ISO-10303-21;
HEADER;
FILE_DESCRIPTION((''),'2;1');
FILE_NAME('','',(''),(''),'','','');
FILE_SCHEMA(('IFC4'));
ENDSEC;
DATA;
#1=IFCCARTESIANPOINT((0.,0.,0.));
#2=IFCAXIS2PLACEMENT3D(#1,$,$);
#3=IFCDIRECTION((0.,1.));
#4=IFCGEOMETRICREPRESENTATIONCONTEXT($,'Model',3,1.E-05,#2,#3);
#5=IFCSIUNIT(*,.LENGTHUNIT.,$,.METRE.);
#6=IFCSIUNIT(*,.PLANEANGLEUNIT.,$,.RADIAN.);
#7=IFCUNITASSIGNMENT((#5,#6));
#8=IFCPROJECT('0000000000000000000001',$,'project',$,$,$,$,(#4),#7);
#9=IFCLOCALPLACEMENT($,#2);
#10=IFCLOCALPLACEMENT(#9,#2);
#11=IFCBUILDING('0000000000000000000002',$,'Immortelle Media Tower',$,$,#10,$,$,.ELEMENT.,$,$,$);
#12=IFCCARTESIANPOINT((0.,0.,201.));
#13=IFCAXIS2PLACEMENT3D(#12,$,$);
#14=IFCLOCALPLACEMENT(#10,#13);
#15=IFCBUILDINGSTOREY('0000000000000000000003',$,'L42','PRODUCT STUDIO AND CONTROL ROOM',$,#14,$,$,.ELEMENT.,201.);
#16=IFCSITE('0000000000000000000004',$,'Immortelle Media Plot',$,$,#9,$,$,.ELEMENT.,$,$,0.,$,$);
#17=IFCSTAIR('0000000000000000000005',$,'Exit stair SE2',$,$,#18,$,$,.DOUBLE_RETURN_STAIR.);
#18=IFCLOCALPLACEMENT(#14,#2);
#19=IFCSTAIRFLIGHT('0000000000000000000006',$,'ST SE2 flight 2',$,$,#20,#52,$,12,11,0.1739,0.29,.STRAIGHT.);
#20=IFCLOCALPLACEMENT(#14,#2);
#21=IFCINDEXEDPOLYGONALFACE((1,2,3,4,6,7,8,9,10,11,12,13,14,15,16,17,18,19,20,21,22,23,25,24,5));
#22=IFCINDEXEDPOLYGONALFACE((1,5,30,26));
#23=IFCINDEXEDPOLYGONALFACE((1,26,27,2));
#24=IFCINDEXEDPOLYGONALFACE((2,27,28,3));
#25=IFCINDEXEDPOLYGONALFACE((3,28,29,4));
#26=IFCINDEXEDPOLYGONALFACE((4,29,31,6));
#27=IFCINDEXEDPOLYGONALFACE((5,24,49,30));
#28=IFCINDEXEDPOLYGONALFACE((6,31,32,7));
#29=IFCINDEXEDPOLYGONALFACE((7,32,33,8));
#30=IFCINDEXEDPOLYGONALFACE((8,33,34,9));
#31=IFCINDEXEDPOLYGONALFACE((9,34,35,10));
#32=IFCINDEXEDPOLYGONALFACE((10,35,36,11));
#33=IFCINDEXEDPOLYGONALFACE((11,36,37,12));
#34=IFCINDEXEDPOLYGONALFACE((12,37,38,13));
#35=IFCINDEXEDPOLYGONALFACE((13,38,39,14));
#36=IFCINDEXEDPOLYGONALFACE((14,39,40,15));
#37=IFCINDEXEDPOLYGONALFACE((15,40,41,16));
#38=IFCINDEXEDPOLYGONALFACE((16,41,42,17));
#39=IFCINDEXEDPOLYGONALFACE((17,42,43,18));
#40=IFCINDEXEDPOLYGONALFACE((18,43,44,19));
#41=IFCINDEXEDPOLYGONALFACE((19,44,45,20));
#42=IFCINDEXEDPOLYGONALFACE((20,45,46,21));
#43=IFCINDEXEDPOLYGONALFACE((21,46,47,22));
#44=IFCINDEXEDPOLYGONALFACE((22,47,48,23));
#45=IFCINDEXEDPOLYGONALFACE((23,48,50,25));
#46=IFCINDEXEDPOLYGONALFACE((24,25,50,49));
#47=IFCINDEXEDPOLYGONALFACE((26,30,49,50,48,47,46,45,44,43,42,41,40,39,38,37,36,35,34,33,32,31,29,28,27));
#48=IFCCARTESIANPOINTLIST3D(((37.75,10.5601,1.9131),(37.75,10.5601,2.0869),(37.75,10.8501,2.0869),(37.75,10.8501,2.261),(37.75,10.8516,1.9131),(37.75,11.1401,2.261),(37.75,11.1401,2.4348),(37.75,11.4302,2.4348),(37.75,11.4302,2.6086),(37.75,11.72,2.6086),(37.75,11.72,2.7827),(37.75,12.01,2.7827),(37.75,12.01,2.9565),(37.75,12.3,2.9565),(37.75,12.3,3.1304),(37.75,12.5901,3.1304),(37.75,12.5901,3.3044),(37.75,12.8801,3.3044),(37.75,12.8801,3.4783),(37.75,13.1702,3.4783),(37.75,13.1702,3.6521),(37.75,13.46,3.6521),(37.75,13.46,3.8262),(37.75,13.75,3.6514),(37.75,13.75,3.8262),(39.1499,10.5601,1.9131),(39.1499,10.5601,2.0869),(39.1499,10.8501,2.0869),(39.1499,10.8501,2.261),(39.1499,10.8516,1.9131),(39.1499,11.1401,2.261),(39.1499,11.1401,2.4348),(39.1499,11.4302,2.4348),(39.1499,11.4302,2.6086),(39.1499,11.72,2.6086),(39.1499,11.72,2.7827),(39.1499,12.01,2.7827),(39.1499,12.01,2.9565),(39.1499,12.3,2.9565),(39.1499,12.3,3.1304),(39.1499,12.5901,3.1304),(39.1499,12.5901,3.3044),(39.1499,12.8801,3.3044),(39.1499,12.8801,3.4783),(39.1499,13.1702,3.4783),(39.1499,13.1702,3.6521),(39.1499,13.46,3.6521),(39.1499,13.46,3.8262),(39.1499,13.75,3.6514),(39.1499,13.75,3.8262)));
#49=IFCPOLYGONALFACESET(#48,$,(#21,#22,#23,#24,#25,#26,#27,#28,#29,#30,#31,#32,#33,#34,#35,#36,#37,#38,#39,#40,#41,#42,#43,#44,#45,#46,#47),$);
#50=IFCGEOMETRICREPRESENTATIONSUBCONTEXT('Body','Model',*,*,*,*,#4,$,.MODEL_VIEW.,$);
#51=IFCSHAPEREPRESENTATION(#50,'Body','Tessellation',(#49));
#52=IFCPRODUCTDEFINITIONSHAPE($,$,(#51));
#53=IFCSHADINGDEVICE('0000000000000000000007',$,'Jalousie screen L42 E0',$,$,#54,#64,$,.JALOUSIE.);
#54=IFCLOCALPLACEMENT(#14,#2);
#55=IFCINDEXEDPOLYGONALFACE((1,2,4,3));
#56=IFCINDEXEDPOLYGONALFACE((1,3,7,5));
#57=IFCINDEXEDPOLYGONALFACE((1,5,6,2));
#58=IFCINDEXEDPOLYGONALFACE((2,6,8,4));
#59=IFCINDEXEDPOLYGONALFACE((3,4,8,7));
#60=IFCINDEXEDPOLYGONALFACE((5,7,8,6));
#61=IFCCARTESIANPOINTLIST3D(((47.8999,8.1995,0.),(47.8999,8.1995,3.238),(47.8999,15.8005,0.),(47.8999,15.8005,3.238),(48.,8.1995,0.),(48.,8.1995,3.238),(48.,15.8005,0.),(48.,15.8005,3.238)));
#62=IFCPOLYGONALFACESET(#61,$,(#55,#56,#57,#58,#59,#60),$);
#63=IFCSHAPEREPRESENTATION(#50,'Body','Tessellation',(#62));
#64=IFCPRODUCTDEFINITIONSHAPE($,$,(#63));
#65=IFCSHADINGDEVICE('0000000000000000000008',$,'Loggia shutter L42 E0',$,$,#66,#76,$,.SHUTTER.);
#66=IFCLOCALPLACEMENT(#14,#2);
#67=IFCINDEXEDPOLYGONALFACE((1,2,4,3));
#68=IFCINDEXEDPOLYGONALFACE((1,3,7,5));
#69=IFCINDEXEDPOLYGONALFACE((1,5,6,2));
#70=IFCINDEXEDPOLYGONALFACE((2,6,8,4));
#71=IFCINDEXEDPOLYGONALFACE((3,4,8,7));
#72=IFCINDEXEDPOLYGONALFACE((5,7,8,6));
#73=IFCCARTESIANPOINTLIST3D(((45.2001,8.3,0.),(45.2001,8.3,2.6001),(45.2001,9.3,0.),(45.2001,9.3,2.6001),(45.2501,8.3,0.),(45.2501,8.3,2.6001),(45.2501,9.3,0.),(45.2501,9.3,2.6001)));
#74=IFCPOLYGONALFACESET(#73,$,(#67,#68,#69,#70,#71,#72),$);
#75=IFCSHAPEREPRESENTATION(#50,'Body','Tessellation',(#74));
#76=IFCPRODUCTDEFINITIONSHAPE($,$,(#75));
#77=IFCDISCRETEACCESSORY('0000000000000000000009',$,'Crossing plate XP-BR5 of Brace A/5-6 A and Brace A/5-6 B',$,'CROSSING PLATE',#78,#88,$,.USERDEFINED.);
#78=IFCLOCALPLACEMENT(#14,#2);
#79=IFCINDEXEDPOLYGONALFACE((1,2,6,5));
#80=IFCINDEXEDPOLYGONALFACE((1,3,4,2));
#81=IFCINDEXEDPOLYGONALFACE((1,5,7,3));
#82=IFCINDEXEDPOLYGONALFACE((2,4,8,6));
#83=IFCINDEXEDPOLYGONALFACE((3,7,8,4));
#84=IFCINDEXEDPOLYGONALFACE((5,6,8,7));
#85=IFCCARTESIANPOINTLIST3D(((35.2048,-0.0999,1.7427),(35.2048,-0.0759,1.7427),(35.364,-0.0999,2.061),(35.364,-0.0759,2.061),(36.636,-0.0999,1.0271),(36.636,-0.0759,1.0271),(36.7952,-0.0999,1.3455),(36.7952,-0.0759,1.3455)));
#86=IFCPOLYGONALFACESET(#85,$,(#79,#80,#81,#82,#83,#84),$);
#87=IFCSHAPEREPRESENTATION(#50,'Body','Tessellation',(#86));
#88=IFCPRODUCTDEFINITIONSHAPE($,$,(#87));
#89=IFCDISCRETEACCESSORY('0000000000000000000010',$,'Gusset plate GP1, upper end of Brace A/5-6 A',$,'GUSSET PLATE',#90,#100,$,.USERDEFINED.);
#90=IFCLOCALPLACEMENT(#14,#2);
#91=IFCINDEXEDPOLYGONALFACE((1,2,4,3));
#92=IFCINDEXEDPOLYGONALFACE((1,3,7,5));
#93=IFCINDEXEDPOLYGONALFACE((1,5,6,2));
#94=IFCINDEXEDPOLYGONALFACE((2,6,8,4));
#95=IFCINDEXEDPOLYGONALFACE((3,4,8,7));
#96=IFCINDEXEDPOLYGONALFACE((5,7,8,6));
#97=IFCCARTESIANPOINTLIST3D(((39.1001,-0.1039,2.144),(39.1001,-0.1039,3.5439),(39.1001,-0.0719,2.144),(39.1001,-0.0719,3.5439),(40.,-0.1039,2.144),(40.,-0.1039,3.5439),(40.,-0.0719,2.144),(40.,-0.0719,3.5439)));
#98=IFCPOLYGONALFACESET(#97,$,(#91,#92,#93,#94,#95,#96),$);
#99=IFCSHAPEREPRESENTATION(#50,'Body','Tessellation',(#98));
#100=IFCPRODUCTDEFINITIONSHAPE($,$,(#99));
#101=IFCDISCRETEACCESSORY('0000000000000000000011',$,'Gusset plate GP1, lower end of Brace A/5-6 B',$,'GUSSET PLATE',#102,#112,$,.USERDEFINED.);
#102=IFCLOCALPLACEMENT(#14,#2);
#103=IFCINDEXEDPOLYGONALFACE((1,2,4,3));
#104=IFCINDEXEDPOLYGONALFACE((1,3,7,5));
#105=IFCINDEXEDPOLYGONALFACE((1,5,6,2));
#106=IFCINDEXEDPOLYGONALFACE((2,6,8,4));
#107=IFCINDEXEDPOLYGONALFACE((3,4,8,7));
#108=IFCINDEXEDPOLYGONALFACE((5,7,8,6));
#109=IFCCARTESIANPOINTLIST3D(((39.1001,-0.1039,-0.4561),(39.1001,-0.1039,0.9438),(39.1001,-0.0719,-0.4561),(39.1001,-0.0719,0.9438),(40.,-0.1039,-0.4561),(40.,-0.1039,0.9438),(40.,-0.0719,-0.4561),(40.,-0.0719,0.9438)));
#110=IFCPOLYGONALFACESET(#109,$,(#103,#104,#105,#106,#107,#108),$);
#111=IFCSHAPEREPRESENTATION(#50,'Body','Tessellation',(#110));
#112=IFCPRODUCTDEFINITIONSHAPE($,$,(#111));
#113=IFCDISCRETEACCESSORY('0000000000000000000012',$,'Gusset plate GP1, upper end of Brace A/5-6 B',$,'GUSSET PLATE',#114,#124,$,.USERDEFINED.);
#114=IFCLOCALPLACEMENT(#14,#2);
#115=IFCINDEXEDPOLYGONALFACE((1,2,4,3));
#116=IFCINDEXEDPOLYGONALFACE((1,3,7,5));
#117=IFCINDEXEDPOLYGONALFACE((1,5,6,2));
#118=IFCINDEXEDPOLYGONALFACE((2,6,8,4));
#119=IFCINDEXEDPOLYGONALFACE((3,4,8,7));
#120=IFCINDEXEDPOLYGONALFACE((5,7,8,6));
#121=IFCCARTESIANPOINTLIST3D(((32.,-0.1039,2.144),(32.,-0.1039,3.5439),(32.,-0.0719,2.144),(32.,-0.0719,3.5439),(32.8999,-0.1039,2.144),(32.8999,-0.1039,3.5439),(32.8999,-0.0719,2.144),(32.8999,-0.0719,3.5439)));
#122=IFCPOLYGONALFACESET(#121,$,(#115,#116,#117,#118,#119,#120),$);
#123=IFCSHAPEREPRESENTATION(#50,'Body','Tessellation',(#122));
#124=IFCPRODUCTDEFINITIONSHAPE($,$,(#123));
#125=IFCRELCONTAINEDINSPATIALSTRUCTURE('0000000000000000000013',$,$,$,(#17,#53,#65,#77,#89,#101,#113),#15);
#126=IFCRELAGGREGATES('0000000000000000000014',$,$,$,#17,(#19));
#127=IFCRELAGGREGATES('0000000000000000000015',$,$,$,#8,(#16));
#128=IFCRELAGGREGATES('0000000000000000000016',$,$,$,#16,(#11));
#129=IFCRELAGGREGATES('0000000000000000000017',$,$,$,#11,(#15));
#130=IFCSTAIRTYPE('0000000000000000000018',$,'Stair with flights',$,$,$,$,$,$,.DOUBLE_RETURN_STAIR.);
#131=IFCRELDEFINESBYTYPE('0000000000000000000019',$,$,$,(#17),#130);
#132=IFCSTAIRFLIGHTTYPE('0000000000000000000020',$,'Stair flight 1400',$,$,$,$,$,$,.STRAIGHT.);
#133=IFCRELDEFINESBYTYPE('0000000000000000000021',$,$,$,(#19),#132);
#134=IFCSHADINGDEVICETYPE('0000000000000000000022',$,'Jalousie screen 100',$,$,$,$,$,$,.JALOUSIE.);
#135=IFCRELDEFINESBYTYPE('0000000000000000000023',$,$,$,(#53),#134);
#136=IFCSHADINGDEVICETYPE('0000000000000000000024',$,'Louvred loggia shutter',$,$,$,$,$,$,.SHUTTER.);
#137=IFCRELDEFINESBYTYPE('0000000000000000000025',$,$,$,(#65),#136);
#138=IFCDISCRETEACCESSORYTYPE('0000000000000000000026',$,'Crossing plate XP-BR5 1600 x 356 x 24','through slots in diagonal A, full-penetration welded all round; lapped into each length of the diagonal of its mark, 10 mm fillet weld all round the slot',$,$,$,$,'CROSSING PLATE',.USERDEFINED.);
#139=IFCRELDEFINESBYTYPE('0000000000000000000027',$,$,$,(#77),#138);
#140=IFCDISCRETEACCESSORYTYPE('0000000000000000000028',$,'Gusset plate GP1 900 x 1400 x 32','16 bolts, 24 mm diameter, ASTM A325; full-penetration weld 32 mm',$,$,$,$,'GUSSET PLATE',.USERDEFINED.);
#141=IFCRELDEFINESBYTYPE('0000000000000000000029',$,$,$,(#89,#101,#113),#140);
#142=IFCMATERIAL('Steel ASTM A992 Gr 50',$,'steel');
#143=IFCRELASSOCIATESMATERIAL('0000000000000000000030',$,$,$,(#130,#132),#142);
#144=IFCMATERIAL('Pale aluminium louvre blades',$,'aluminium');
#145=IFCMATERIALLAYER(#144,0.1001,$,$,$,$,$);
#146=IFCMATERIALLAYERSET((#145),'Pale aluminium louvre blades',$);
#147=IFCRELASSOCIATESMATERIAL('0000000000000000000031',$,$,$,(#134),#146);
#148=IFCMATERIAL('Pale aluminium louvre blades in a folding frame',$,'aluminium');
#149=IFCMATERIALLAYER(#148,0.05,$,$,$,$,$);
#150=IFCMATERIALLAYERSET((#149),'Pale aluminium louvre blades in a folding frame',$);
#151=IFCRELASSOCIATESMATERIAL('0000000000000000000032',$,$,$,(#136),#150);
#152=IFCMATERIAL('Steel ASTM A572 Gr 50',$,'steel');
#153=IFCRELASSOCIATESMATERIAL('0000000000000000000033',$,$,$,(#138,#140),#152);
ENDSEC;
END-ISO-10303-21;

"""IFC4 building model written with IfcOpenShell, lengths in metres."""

from ifc_helpers import new_model, si_unit, direction, frame, origin, origin_2d, place, context, subcontext, project, spatial, polyline, rectangle, outline, extrude, material, layer, layer_set, material_profile, profile_set, type_object, element, aggregate, save


model = new_model("IFC4")

# Units and contexts
model_context = context("Model", 3, precision=1e-05, world=origin(), true_north=direction((0.0, 1.0)))
body_context = subcontext(model_context, "Body", "Model", "MODEL_VIEW")
ifc_project = project(units=[si_unit("LENGTHUNIT", "METRE"), si_unit("PLANEANGLEUNIT", "RADIAN")], contexts=[model_context])

# Site, building, storey
site_placement = place(None, origin())
site = spatial("IfcSite", under=ifc_project, at=site_placement, Name="Immortelle Media Plot", CompositionType="ELEMENT", RefElevation=0.0)
building_placement = place(site_placement, origin())
building = spatial("IfcBuilding", under=site, at=building_placement, Name="Immortelle Media Tower", CompositionType="ELEMENT")
storey_placement = place(building_placement, frame((0.0, 0.0, 201.0)))
storey = spatial("IfcBuildingStorey", under=building, at=storey_placement, Name="L42", Description="PRODUCT STUDIO AND CONTROL ROOM", CompositionType="ELEMENT", Elevation=201.0)

# Shared definitions
ifc_material_1 = material(Name="Steel ASTM A992 Gr 50", Category="steel")

# Shared definitions
stair_type = type_object("IfcStairType", Name="Stair with flights", PredefinedType="DOUBLE_RETURN_STAIR", material=ifc_material_1)
stair_flight_type = type_object("IfcStairFlightType", Name="Stair flight 1400", PredefinedType="STRAIGHT", material=ifc_material_1)

# Stair, stair flight
stair_1_placement = place(storey_placement, origin())
stair_1 = element("IfcStair", 1, at=stair_1_placement, inside=storey, type_object=stair_type, Name="Exit stair SE2", PredefinedType="DOUBLE_RETURN_STAIR")
stair_flight_1_placement = place(storey_placement, frame((38.45, 10.5601, 1.9131), z_axis=(0.0, 0.0, 1.0), x_axis=(0.0, 1.0, 0.0)))
stair_flight_1 = element("IfcStairFlight", 2, at=stair_flight_1_placement, type_object=stair_flight_type, Name="ST SE2 flight 2", NumberOfRisers=12, NumberOfTreads=11, PredefinedType="STRAIGHT", RiserHeight=0.1739, TreadLength=0.29, context=body_context, shape_type="SweptSolid", body=[
    extrude(outline(polyline([(0.0, 0.0), (0.0, 0.1738), (0.29, 0.1738), (0.29, 0.3479), (0.5801, 0.3479), (0.5801, 0.5217), (0.8701, 0.5217), (0.8701, 0.6956), (1.1599, 0.6956), (1.1599, 0.8696), (1.45, 0.8696), (1.45, 1.0435), (1.74, 1.0435), (1.74, 1.2173), (2.03, 1.2173), (2.03, 1.3914), (2.3201, 1.3914), (2.3201, 1.5652), (2.6101, 1.5652), (2.6101, 1.739), (2.8999, 1.739), (2.8999, 1.9131), (3.1899, 1.9131), (3.1899, 2.0869), (3.1899, 1.7383), (0.2915, 0.0), (0.0, 0.0)])), frame((0.0, 0.7, 0.0), z_axis=(0.0, -1.0, 0.0), x_axis=(1.0, 0.0, 0.0)), (0.0, 0.0, 1.0), 1.3999),
])
aggregate(stair_1, [stair_flight_1])

# Shading devices
ifc_material_2 = material(Name="Pale aluminium louvre blades", Category="aluminium")
ifc_layer_1 = layer(ifc_material_2, 0.1001)
ifc_layer_set_1 = layer_set([ifc_layer_1], Name="Pale aluminium louvre blades")
shading_device_type_1 = type_object("IfcShadingDeviceType", Name="Jalousie screen 100", PredefinedType="JALOUSIE", material=ifc_layer_set_1)
shading_device_1_placement = place(storey_placement, frame((47.95, 12.0, 0.0), z_axis=(0.0, 0.0, 1.0), x_axis=(0.0, 1.0, 0.0)))
element("IfcShadingDevice", 3, at=shading_device_1_placement, inside=storey, type_object=shading_device_type_1, Name="Jalousie screen L42 E0", PredefinedType="JALOUSIE", context=body_context, shape_type="SweptSolid", body=[
    extrude(rectangle(XDim=7.6011, YDim=0.1001, at=origin_2d()), origin(), (0.0, 0.0, 1.0), 3.238),
])
ifc_material_3 = material(Name="Pale aluminium louvre blades in a folding frame", Category="aluminium")
ifc_layer_2 = layer(ifc_material_3, 0.05)
ifc_layer_set_2 = layer_set([ifc_layer_2], Name="Pale aluminium louvre blades in a folding frame")
shading_device_type_2 = type_object("IfcShadingDeviceType", Name="Louvred loggia shutter", PredefinedType="SHUTTER", material=ifc_layer_set_2)
shading_device_2_placement = place(storey_placement, frame((45.2251, 8.8, 0.0), z_axis=(0.0, 0.0, 1.0), x_axis=(0.0, 1.0, 0.0)))
element("IfcShadingDevice", 4, at=shading_device_2_placement, inside=storey, type_object=shading_device_type_2, Name="Loggia shutter L42 E0", PredefinedType="SHUTTER", context=body_context, shape_type="SweptSolid", body=[
    extrude(rectangle(XDim=1.0, YDim=0.05, at=origin_2d()), origin(), (0.0, 0.0, 1.0), 2.6001),
])

# Discrete accessories
ifc_material_4 = material(Name="Steel ASTM A572 Gr 50", Category="steel")
ifc_material_profile_1 = material_profile(ifc_material_4, rectangle(XDim=0.0239, YDim=0.356, at=origin_2d()), Name="PL 24 x 356")
ifc_profile_set_1 = profile_set([ifc_material_profile_1], Name="Steel ASTM A572 Gr 50")
discrete_accessory_type_1 = type_object("IfcDiscreteAccessoryType", Name="Crossing plate XP-BR5 1600 x 356 x 24", Description="through slots in diagonal A, full-penetration welded all round; lapped into each length of the diagonal of its mark, 10 mm fillet weld all round the slot", ElementType="CROSSING PLATE", PredefinedType="USERDEFINED", material=ifc_profile_set_1)
discrete_accessory_placement = place(storey_placement, frame((35.2844, -0.0879, 1.9019), z_axis=(0.894427, 0.0, -0.447214), x_axis=(0.0, 1.0, 0.0)))
element("IfcDiscreteAccessory", 5, at=discrete_accessory_placement, inside=storey, type_object=discrete_accessory_type_1, Name="Crossing plate XP-BR5 of Brace A/5-6 A and Brace A/5-6 B", ObjectType="CROSSING PLATE", PredefinedType="USERDEFINED", context=body_context, shape_type="SweptSolid", body=[
    extrude(rectangle(XDim=0.0239, YDim=0.356, at=origin_2d()), origin(), (0.0, 0.0, 1.0), 1.6001),
])
ifc_material_profile_2 = material_profile(ifc_material_4, rectangle(XDim=0.032, YDim=1.3999, at=origin_2d()), Name="PL 32 x 1400")
ifc_profile_set_2 = profile_set([ifc_material_profile_2], Name="Steel ASTM A572 Gr 50")
discrete_accessory_type_2 = type_object("IfcDiscreteAccessoryType", Name="Gusset plate GP1 900 x 1400 x 32", Description="16 bolts, 24 mm diameter, ASTM A325; full-penetration weld 32 mm", ElementType="GUSSET PLATE", PredefinedType="USERDEFINED", material=ifc_profile_set_2)
for number, where, z_axis, x_axis, name in (
    (6, (40.0, -0.0879, 2.844), (-1.0, 0.0, 0.0), (0.0, -1.0, 0.0), "Gusset plate GP1, upper end of Brace A/5-6 A"),
    (7, (40.0, -0.0879, 0.2439), (-1.0, 0.0, 0.0), (0.0, -1.0, 0.0), "Gusset plate GP1, lower end of Brace A/5-6 B"),
    (8, (32.0, -0.0879, 2.844), (1.0, 0.0, 0.0), (0.0, 1.0, 0.0), "Gusset plate GP1, upper end of Brace A/5-6 B"),
):
    element("IfcDiscreteAccessory", number, at=place(storey_placement, frame(where, z_axis=z_axis, x_axis=x_axis)), inside=storey, type_object=discrete_accessory_type_2, Name=name, ObjectType="GUSSET PLATE", PredefinedType="USERDEFINED", context=body_context, shape_type="SweptSolid", body=[
        extrude(rectangle(XDim=0.032, YDim=1.3999, at=origin_2d()), origin(), (0.0, 0.0, 1.0), 0.8999),
    ])

save(model, "model.ifc")
